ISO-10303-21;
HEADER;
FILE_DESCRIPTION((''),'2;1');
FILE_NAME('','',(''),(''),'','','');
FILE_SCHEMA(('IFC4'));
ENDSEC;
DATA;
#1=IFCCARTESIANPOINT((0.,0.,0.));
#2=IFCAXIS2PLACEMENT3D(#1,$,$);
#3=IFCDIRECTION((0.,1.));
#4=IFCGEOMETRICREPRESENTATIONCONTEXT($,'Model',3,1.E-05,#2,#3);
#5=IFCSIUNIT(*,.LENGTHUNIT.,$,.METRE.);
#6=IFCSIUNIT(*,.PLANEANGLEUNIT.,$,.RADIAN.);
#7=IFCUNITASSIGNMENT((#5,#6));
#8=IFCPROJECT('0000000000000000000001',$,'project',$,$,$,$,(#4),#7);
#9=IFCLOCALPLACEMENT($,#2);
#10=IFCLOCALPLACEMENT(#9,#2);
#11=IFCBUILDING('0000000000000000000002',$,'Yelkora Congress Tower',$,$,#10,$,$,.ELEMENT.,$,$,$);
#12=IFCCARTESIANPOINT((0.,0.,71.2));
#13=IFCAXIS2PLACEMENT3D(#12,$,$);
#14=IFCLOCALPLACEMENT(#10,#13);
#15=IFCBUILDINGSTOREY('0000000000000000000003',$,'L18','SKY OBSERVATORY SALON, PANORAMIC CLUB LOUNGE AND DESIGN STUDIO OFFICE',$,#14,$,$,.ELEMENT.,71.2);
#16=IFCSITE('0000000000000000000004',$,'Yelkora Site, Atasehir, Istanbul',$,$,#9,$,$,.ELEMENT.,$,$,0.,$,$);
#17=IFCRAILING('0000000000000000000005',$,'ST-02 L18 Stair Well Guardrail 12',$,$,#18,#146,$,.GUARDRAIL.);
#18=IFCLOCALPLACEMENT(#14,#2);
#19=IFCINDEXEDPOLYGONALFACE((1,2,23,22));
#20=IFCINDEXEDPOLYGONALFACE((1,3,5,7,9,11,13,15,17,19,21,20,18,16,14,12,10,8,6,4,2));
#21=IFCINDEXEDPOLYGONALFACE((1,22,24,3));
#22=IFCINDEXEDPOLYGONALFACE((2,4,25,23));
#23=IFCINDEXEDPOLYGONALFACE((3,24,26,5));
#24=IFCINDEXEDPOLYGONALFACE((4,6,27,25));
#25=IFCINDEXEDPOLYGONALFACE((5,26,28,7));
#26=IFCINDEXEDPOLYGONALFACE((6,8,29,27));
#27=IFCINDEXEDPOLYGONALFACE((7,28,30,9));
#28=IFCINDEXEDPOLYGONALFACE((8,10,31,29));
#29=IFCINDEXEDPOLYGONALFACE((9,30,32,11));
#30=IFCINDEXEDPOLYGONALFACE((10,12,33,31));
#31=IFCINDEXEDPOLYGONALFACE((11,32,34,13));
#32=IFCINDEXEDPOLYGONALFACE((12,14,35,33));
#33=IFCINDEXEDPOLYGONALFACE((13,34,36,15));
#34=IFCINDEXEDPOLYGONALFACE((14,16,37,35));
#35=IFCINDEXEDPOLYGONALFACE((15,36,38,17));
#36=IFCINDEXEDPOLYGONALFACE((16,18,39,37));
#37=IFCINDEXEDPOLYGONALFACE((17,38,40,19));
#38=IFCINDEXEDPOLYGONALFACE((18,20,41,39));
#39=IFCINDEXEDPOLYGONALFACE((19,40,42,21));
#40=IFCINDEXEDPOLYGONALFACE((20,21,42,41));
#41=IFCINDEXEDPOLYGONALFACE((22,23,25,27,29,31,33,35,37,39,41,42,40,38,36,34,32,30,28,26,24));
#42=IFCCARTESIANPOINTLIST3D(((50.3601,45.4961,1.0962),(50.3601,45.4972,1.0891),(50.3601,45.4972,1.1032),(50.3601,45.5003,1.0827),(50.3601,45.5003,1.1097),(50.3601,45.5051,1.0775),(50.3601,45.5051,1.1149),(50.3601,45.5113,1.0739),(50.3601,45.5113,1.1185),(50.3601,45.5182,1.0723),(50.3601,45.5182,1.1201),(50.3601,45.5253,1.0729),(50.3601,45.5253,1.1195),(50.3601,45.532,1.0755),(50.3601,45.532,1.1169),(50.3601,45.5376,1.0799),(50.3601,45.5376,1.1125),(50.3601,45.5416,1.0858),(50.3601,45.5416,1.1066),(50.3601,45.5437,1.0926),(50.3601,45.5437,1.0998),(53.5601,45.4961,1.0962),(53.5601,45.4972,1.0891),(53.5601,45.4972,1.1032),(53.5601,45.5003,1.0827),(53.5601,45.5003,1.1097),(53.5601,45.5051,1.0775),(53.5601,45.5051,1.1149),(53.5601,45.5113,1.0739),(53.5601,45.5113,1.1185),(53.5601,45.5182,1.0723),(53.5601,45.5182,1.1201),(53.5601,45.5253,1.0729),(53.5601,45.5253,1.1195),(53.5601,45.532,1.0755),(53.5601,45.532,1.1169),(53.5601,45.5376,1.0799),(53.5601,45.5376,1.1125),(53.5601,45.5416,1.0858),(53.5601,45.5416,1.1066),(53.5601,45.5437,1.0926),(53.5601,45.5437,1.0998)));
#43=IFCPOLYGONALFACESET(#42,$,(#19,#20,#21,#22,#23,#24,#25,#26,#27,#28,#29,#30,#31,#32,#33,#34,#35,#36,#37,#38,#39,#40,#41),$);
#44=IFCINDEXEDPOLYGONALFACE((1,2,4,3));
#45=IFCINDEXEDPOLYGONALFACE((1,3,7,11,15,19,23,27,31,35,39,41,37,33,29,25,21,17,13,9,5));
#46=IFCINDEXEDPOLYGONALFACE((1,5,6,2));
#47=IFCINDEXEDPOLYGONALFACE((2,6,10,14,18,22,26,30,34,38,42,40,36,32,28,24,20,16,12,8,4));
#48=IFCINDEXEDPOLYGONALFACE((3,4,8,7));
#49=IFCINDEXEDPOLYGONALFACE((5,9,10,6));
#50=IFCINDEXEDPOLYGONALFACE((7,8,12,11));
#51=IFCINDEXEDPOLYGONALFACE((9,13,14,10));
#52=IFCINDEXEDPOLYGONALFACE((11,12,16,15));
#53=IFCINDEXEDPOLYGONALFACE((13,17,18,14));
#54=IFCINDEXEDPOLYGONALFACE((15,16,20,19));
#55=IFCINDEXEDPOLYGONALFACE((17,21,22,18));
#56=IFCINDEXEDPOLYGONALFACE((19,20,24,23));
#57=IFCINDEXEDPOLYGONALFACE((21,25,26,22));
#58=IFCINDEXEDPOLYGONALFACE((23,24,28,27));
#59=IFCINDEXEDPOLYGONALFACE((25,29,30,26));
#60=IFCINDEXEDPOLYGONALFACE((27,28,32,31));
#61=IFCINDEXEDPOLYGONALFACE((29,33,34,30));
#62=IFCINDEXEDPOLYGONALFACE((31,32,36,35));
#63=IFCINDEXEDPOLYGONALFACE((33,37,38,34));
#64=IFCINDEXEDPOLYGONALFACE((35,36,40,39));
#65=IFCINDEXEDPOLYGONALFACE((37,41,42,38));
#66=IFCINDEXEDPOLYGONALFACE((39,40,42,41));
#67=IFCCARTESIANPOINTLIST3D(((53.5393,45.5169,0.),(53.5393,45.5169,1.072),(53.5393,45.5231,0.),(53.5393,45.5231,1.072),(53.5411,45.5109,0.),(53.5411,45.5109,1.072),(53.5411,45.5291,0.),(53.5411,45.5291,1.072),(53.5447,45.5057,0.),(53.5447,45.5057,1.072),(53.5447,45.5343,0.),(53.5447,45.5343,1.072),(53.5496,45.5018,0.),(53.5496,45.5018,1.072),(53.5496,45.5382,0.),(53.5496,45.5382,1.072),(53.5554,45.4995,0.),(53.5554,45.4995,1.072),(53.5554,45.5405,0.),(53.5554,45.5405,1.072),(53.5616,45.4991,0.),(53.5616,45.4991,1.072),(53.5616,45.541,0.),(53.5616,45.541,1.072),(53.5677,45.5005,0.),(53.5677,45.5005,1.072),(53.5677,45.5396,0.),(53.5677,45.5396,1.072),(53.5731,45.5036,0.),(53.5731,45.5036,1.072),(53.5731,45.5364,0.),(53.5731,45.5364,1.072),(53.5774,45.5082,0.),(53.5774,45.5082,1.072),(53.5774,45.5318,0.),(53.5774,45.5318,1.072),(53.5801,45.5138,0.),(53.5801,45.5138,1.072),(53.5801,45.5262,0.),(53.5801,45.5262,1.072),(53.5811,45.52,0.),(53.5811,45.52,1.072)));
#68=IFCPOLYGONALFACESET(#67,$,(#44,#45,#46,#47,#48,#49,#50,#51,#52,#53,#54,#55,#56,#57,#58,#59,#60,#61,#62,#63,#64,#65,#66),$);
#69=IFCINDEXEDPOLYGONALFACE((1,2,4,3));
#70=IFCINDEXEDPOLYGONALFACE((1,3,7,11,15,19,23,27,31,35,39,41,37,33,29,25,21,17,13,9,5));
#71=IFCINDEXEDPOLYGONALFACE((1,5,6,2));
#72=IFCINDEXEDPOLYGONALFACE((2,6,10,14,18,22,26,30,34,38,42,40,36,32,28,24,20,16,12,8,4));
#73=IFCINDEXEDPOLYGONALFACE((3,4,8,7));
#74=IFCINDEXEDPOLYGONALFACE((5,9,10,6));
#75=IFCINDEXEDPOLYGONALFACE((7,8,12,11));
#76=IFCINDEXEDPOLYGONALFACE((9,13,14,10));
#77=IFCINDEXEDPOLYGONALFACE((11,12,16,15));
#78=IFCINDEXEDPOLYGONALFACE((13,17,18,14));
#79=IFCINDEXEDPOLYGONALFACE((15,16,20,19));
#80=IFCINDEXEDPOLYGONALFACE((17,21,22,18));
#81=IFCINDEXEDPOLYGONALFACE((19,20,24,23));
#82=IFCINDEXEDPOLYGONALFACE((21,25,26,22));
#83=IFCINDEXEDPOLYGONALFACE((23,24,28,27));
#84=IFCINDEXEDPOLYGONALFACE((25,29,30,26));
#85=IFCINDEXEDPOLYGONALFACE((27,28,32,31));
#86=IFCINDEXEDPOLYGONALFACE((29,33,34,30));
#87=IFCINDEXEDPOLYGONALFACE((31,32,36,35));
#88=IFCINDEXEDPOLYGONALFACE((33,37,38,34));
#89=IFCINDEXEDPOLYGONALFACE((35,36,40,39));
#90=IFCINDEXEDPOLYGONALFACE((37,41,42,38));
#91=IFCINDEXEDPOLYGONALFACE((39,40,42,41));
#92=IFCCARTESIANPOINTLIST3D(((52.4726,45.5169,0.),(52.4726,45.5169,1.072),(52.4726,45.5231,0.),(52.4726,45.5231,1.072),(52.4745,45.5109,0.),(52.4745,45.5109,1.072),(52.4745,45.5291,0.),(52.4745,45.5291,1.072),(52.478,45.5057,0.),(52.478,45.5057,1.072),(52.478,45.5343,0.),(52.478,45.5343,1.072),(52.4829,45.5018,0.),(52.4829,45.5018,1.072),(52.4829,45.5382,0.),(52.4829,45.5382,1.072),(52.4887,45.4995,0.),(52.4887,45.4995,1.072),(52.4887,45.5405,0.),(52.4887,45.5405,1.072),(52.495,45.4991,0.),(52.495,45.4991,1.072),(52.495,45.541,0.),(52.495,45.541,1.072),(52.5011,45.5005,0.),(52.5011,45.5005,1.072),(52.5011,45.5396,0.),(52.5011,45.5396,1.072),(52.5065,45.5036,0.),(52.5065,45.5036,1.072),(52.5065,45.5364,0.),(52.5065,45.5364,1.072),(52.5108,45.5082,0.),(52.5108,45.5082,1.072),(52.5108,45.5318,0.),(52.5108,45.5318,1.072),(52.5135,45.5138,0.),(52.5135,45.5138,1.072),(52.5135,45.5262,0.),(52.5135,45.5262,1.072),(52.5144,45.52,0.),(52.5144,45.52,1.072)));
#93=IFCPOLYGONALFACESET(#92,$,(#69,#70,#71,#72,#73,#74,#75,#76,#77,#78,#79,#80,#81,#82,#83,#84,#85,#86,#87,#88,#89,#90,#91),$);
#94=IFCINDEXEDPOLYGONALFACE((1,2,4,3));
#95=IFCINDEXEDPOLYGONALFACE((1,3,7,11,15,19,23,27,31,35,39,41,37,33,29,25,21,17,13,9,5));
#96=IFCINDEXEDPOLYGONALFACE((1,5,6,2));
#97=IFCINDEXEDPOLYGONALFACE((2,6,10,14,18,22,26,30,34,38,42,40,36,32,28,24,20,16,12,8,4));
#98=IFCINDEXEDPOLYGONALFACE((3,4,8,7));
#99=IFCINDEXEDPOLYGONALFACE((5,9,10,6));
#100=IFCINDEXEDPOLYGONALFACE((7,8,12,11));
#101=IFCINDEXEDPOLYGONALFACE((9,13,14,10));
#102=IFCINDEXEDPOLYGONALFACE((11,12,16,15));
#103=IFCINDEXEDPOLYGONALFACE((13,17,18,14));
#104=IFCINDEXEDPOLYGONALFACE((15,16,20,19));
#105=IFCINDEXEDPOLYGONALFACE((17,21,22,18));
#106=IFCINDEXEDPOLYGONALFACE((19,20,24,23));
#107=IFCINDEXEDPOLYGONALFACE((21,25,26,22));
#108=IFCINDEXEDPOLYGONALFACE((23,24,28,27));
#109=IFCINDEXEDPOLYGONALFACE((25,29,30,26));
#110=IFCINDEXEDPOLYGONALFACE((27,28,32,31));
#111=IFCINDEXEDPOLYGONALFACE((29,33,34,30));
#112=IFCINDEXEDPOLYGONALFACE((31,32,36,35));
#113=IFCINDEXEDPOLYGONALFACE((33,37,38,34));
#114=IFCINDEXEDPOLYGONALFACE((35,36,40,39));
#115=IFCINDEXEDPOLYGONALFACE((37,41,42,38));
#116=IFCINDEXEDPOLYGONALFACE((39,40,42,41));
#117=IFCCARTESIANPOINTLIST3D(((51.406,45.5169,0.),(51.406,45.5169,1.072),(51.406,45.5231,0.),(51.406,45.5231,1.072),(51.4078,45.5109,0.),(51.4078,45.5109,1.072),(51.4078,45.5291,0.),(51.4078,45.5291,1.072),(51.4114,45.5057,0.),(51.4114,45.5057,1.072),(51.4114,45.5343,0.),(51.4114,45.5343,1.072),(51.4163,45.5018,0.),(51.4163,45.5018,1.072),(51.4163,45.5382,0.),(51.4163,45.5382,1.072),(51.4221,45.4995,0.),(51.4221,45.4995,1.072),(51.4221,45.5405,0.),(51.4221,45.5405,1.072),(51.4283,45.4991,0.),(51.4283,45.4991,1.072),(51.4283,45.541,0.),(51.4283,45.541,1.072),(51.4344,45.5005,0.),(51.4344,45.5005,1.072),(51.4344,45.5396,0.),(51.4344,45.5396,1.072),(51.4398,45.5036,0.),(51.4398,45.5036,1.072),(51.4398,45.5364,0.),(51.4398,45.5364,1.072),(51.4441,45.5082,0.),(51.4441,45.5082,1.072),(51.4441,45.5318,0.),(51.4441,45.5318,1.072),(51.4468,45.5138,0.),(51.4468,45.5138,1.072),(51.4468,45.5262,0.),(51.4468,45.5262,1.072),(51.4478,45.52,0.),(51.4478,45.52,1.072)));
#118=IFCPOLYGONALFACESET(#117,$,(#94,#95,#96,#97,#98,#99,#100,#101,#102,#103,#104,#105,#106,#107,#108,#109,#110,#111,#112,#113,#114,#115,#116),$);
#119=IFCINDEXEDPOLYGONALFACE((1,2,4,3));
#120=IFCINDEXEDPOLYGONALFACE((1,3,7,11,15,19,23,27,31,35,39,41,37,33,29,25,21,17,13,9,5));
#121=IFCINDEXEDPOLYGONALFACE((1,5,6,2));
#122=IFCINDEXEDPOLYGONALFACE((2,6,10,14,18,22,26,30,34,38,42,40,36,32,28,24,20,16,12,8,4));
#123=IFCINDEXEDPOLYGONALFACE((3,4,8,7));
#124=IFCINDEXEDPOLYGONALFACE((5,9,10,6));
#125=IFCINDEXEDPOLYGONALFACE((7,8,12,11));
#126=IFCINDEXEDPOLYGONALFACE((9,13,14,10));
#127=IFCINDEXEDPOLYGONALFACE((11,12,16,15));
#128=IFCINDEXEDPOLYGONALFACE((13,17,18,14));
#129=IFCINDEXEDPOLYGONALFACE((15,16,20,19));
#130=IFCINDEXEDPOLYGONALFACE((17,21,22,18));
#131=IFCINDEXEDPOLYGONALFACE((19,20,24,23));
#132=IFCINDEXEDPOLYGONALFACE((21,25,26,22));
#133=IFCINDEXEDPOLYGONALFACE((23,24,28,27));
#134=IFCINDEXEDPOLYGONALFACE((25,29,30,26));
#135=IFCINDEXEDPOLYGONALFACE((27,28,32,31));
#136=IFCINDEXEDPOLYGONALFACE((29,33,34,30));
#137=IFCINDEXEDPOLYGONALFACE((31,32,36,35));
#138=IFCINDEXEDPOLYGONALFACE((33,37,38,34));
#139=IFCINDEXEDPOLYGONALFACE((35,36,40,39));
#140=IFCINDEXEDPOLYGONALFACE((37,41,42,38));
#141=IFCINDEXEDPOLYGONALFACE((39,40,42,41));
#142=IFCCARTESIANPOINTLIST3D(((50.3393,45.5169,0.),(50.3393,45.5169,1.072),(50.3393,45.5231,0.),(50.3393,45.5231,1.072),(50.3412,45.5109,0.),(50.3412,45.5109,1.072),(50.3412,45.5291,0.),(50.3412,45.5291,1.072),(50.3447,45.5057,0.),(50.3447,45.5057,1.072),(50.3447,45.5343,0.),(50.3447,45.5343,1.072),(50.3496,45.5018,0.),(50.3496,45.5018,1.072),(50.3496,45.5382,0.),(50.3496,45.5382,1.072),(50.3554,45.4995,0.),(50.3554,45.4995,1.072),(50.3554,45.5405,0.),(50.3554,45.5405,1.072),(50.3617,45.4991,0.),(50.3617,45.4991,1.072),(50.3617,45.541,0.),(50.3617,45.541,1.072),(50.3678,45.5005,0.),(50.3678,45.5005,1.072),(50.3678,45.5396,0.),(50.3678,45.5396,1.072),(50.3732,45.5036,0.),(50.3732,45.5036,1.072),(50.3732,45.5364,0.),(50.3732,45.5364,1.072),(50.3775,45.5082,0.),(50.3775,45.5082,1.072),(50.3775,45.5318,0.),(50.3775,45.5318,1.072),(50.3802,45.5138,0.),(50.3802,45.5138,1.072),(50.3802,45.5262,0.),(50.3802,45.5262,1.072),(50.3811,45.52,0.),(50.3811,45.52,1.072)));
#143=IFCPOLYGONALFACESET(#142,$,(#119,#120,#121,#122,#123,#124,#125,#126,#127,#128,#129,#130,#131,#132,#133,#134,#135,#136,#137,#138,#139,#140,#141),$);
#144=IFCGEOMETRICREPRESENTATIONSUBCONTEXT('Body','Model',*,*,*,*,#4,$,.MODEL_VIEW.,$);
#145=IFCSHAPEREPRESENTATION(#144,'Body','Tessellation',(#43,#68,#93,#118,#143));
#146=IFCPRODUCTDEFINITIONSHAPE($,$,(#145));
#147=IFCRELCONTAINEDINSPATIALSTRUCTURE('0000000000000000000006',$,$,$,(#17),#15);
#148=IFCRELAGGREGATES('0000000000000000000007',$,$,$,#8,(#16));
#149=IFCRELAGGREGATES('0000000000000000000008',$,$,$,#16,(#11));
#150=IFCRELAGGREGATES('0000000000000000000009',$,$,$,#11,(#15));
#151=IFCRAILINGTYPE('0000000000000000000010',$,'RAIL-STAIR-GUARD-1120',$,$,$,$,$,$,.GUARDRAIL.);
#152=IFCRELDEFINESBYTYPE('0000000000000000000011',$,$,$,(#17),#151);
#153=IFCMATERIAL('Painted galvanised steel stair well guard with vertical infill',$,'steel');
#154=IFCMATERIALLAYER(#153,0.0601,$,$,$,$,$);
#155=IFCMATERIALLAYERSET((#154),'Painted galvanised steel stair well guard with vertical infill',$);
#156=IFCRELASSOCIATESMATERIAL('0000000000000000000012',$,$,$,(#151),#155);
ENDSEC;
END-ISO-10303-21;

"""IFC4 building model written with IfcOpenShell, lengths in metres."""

from ifc_helpers import new_model, si_unit, direction, frame, origin, origin_2d, place, context, subcontext, project, spatial, circle, extrude, material, layer, layer_set, type_object, element, save


model = new_model("IFC4")

# Units and contexts
model_context = context("Model", 3, precision=1e-05, world=origin(), true_north=direction((0.0, 1.0)))
body_context = subcontext(model_context, "Body", "Model", "MODEL_VIEW")
ifc_project = project(units=[si_unit("LENGTHUNIT", "METRE"), si_unit("PLANEANGLEUNIT", "RADIAN")], contexts=[model_context])

# Site, building, storey
site_placement = place(None, origin())
site = spatial("IfcSite", under=ifc_project, at=site_placement, Name="Yelkora Site, Atasehir, Istanbul", CompositionType="ELEMENT", RefElevation=0.0)
building_placement = place(site_placement, origin())
building = spatial("IfcBuilding", under=site, at=building_placement, Name="Yelkora Congress Tower", CompositionType="ELEMENT")
storey_placement = place(building_placement, frame((0.0, 0.0, 71.2)))
storey = spatial("IfcBuildingStorey", under=building, at=storey_placement, Name="L18", Description="SKY OBSERVATORY SALON, PANORAMIC CLUB LOUNGE AND DESIGN STUDIO OFFICE", CompositionType="ELEMENT", Elevation=71.2)

# Railing
ifc_material_1 = material(Name="Painted galvanised steel stair well guard with vertical infill", Category="steel")
ifc_layer_1 = layer(ifc_material_1, 0.0601)
ifc_layer_set_1 = layer_set([ifc_layer_1], Name="Painted galvanised steel stair well guard with vertical infill")
railing_type_1 = type_object("IfcRailingType", Name="RAIL-STAIR-GUARD-1120", PredefinedType="GUARDRAIL", material=ifc_layer_set_1)
railing_1_placement = place(storey_placement, frame((53.5601, 45.52, 0.0)))
element("IfcRailing", 1, at=railing_1_placement, inside=storey, type_object=railing_type_1, Name="ST-02 L18 Stair Well Guardrail 12", PredefinedType="GUARDRAIL", context=body_context, shape_type="SweptSolid", body=[
    extrude(circle(Radius=0.0239, at=origin_2d()), frame((0.0, 0.0, 1.0962), z_axis=(-1.0, 0.0, 0.0), x_axis=(0.0, -1.0, 0.0)), (0.0, 0.0, 1.0), 3.2),
    extrude(circle(Radius=0.021, at=origin_2d()), origin(), (0.0, 0.0, 1.0), 1.072),
    extrude(circle(Radius=0.021, at=origin_2d()), frame((-1.0667, 0.0, 0.0)), (0.0, 0.0, 1.0), 1.072),
    extrude(circle(Radius=0.021, at=origin_2d()), frame((-2.1333, 0.0, 0.0)), (0.0, 0.0, 1.0), 1.072),
    extrude(circle(Radius=0.021, at=origin_2d()), frame((-3.2, 0.0, 0.0)), (0.0, 0.0, 1.0), 1.072),
])

save(model, "model.ifc")
